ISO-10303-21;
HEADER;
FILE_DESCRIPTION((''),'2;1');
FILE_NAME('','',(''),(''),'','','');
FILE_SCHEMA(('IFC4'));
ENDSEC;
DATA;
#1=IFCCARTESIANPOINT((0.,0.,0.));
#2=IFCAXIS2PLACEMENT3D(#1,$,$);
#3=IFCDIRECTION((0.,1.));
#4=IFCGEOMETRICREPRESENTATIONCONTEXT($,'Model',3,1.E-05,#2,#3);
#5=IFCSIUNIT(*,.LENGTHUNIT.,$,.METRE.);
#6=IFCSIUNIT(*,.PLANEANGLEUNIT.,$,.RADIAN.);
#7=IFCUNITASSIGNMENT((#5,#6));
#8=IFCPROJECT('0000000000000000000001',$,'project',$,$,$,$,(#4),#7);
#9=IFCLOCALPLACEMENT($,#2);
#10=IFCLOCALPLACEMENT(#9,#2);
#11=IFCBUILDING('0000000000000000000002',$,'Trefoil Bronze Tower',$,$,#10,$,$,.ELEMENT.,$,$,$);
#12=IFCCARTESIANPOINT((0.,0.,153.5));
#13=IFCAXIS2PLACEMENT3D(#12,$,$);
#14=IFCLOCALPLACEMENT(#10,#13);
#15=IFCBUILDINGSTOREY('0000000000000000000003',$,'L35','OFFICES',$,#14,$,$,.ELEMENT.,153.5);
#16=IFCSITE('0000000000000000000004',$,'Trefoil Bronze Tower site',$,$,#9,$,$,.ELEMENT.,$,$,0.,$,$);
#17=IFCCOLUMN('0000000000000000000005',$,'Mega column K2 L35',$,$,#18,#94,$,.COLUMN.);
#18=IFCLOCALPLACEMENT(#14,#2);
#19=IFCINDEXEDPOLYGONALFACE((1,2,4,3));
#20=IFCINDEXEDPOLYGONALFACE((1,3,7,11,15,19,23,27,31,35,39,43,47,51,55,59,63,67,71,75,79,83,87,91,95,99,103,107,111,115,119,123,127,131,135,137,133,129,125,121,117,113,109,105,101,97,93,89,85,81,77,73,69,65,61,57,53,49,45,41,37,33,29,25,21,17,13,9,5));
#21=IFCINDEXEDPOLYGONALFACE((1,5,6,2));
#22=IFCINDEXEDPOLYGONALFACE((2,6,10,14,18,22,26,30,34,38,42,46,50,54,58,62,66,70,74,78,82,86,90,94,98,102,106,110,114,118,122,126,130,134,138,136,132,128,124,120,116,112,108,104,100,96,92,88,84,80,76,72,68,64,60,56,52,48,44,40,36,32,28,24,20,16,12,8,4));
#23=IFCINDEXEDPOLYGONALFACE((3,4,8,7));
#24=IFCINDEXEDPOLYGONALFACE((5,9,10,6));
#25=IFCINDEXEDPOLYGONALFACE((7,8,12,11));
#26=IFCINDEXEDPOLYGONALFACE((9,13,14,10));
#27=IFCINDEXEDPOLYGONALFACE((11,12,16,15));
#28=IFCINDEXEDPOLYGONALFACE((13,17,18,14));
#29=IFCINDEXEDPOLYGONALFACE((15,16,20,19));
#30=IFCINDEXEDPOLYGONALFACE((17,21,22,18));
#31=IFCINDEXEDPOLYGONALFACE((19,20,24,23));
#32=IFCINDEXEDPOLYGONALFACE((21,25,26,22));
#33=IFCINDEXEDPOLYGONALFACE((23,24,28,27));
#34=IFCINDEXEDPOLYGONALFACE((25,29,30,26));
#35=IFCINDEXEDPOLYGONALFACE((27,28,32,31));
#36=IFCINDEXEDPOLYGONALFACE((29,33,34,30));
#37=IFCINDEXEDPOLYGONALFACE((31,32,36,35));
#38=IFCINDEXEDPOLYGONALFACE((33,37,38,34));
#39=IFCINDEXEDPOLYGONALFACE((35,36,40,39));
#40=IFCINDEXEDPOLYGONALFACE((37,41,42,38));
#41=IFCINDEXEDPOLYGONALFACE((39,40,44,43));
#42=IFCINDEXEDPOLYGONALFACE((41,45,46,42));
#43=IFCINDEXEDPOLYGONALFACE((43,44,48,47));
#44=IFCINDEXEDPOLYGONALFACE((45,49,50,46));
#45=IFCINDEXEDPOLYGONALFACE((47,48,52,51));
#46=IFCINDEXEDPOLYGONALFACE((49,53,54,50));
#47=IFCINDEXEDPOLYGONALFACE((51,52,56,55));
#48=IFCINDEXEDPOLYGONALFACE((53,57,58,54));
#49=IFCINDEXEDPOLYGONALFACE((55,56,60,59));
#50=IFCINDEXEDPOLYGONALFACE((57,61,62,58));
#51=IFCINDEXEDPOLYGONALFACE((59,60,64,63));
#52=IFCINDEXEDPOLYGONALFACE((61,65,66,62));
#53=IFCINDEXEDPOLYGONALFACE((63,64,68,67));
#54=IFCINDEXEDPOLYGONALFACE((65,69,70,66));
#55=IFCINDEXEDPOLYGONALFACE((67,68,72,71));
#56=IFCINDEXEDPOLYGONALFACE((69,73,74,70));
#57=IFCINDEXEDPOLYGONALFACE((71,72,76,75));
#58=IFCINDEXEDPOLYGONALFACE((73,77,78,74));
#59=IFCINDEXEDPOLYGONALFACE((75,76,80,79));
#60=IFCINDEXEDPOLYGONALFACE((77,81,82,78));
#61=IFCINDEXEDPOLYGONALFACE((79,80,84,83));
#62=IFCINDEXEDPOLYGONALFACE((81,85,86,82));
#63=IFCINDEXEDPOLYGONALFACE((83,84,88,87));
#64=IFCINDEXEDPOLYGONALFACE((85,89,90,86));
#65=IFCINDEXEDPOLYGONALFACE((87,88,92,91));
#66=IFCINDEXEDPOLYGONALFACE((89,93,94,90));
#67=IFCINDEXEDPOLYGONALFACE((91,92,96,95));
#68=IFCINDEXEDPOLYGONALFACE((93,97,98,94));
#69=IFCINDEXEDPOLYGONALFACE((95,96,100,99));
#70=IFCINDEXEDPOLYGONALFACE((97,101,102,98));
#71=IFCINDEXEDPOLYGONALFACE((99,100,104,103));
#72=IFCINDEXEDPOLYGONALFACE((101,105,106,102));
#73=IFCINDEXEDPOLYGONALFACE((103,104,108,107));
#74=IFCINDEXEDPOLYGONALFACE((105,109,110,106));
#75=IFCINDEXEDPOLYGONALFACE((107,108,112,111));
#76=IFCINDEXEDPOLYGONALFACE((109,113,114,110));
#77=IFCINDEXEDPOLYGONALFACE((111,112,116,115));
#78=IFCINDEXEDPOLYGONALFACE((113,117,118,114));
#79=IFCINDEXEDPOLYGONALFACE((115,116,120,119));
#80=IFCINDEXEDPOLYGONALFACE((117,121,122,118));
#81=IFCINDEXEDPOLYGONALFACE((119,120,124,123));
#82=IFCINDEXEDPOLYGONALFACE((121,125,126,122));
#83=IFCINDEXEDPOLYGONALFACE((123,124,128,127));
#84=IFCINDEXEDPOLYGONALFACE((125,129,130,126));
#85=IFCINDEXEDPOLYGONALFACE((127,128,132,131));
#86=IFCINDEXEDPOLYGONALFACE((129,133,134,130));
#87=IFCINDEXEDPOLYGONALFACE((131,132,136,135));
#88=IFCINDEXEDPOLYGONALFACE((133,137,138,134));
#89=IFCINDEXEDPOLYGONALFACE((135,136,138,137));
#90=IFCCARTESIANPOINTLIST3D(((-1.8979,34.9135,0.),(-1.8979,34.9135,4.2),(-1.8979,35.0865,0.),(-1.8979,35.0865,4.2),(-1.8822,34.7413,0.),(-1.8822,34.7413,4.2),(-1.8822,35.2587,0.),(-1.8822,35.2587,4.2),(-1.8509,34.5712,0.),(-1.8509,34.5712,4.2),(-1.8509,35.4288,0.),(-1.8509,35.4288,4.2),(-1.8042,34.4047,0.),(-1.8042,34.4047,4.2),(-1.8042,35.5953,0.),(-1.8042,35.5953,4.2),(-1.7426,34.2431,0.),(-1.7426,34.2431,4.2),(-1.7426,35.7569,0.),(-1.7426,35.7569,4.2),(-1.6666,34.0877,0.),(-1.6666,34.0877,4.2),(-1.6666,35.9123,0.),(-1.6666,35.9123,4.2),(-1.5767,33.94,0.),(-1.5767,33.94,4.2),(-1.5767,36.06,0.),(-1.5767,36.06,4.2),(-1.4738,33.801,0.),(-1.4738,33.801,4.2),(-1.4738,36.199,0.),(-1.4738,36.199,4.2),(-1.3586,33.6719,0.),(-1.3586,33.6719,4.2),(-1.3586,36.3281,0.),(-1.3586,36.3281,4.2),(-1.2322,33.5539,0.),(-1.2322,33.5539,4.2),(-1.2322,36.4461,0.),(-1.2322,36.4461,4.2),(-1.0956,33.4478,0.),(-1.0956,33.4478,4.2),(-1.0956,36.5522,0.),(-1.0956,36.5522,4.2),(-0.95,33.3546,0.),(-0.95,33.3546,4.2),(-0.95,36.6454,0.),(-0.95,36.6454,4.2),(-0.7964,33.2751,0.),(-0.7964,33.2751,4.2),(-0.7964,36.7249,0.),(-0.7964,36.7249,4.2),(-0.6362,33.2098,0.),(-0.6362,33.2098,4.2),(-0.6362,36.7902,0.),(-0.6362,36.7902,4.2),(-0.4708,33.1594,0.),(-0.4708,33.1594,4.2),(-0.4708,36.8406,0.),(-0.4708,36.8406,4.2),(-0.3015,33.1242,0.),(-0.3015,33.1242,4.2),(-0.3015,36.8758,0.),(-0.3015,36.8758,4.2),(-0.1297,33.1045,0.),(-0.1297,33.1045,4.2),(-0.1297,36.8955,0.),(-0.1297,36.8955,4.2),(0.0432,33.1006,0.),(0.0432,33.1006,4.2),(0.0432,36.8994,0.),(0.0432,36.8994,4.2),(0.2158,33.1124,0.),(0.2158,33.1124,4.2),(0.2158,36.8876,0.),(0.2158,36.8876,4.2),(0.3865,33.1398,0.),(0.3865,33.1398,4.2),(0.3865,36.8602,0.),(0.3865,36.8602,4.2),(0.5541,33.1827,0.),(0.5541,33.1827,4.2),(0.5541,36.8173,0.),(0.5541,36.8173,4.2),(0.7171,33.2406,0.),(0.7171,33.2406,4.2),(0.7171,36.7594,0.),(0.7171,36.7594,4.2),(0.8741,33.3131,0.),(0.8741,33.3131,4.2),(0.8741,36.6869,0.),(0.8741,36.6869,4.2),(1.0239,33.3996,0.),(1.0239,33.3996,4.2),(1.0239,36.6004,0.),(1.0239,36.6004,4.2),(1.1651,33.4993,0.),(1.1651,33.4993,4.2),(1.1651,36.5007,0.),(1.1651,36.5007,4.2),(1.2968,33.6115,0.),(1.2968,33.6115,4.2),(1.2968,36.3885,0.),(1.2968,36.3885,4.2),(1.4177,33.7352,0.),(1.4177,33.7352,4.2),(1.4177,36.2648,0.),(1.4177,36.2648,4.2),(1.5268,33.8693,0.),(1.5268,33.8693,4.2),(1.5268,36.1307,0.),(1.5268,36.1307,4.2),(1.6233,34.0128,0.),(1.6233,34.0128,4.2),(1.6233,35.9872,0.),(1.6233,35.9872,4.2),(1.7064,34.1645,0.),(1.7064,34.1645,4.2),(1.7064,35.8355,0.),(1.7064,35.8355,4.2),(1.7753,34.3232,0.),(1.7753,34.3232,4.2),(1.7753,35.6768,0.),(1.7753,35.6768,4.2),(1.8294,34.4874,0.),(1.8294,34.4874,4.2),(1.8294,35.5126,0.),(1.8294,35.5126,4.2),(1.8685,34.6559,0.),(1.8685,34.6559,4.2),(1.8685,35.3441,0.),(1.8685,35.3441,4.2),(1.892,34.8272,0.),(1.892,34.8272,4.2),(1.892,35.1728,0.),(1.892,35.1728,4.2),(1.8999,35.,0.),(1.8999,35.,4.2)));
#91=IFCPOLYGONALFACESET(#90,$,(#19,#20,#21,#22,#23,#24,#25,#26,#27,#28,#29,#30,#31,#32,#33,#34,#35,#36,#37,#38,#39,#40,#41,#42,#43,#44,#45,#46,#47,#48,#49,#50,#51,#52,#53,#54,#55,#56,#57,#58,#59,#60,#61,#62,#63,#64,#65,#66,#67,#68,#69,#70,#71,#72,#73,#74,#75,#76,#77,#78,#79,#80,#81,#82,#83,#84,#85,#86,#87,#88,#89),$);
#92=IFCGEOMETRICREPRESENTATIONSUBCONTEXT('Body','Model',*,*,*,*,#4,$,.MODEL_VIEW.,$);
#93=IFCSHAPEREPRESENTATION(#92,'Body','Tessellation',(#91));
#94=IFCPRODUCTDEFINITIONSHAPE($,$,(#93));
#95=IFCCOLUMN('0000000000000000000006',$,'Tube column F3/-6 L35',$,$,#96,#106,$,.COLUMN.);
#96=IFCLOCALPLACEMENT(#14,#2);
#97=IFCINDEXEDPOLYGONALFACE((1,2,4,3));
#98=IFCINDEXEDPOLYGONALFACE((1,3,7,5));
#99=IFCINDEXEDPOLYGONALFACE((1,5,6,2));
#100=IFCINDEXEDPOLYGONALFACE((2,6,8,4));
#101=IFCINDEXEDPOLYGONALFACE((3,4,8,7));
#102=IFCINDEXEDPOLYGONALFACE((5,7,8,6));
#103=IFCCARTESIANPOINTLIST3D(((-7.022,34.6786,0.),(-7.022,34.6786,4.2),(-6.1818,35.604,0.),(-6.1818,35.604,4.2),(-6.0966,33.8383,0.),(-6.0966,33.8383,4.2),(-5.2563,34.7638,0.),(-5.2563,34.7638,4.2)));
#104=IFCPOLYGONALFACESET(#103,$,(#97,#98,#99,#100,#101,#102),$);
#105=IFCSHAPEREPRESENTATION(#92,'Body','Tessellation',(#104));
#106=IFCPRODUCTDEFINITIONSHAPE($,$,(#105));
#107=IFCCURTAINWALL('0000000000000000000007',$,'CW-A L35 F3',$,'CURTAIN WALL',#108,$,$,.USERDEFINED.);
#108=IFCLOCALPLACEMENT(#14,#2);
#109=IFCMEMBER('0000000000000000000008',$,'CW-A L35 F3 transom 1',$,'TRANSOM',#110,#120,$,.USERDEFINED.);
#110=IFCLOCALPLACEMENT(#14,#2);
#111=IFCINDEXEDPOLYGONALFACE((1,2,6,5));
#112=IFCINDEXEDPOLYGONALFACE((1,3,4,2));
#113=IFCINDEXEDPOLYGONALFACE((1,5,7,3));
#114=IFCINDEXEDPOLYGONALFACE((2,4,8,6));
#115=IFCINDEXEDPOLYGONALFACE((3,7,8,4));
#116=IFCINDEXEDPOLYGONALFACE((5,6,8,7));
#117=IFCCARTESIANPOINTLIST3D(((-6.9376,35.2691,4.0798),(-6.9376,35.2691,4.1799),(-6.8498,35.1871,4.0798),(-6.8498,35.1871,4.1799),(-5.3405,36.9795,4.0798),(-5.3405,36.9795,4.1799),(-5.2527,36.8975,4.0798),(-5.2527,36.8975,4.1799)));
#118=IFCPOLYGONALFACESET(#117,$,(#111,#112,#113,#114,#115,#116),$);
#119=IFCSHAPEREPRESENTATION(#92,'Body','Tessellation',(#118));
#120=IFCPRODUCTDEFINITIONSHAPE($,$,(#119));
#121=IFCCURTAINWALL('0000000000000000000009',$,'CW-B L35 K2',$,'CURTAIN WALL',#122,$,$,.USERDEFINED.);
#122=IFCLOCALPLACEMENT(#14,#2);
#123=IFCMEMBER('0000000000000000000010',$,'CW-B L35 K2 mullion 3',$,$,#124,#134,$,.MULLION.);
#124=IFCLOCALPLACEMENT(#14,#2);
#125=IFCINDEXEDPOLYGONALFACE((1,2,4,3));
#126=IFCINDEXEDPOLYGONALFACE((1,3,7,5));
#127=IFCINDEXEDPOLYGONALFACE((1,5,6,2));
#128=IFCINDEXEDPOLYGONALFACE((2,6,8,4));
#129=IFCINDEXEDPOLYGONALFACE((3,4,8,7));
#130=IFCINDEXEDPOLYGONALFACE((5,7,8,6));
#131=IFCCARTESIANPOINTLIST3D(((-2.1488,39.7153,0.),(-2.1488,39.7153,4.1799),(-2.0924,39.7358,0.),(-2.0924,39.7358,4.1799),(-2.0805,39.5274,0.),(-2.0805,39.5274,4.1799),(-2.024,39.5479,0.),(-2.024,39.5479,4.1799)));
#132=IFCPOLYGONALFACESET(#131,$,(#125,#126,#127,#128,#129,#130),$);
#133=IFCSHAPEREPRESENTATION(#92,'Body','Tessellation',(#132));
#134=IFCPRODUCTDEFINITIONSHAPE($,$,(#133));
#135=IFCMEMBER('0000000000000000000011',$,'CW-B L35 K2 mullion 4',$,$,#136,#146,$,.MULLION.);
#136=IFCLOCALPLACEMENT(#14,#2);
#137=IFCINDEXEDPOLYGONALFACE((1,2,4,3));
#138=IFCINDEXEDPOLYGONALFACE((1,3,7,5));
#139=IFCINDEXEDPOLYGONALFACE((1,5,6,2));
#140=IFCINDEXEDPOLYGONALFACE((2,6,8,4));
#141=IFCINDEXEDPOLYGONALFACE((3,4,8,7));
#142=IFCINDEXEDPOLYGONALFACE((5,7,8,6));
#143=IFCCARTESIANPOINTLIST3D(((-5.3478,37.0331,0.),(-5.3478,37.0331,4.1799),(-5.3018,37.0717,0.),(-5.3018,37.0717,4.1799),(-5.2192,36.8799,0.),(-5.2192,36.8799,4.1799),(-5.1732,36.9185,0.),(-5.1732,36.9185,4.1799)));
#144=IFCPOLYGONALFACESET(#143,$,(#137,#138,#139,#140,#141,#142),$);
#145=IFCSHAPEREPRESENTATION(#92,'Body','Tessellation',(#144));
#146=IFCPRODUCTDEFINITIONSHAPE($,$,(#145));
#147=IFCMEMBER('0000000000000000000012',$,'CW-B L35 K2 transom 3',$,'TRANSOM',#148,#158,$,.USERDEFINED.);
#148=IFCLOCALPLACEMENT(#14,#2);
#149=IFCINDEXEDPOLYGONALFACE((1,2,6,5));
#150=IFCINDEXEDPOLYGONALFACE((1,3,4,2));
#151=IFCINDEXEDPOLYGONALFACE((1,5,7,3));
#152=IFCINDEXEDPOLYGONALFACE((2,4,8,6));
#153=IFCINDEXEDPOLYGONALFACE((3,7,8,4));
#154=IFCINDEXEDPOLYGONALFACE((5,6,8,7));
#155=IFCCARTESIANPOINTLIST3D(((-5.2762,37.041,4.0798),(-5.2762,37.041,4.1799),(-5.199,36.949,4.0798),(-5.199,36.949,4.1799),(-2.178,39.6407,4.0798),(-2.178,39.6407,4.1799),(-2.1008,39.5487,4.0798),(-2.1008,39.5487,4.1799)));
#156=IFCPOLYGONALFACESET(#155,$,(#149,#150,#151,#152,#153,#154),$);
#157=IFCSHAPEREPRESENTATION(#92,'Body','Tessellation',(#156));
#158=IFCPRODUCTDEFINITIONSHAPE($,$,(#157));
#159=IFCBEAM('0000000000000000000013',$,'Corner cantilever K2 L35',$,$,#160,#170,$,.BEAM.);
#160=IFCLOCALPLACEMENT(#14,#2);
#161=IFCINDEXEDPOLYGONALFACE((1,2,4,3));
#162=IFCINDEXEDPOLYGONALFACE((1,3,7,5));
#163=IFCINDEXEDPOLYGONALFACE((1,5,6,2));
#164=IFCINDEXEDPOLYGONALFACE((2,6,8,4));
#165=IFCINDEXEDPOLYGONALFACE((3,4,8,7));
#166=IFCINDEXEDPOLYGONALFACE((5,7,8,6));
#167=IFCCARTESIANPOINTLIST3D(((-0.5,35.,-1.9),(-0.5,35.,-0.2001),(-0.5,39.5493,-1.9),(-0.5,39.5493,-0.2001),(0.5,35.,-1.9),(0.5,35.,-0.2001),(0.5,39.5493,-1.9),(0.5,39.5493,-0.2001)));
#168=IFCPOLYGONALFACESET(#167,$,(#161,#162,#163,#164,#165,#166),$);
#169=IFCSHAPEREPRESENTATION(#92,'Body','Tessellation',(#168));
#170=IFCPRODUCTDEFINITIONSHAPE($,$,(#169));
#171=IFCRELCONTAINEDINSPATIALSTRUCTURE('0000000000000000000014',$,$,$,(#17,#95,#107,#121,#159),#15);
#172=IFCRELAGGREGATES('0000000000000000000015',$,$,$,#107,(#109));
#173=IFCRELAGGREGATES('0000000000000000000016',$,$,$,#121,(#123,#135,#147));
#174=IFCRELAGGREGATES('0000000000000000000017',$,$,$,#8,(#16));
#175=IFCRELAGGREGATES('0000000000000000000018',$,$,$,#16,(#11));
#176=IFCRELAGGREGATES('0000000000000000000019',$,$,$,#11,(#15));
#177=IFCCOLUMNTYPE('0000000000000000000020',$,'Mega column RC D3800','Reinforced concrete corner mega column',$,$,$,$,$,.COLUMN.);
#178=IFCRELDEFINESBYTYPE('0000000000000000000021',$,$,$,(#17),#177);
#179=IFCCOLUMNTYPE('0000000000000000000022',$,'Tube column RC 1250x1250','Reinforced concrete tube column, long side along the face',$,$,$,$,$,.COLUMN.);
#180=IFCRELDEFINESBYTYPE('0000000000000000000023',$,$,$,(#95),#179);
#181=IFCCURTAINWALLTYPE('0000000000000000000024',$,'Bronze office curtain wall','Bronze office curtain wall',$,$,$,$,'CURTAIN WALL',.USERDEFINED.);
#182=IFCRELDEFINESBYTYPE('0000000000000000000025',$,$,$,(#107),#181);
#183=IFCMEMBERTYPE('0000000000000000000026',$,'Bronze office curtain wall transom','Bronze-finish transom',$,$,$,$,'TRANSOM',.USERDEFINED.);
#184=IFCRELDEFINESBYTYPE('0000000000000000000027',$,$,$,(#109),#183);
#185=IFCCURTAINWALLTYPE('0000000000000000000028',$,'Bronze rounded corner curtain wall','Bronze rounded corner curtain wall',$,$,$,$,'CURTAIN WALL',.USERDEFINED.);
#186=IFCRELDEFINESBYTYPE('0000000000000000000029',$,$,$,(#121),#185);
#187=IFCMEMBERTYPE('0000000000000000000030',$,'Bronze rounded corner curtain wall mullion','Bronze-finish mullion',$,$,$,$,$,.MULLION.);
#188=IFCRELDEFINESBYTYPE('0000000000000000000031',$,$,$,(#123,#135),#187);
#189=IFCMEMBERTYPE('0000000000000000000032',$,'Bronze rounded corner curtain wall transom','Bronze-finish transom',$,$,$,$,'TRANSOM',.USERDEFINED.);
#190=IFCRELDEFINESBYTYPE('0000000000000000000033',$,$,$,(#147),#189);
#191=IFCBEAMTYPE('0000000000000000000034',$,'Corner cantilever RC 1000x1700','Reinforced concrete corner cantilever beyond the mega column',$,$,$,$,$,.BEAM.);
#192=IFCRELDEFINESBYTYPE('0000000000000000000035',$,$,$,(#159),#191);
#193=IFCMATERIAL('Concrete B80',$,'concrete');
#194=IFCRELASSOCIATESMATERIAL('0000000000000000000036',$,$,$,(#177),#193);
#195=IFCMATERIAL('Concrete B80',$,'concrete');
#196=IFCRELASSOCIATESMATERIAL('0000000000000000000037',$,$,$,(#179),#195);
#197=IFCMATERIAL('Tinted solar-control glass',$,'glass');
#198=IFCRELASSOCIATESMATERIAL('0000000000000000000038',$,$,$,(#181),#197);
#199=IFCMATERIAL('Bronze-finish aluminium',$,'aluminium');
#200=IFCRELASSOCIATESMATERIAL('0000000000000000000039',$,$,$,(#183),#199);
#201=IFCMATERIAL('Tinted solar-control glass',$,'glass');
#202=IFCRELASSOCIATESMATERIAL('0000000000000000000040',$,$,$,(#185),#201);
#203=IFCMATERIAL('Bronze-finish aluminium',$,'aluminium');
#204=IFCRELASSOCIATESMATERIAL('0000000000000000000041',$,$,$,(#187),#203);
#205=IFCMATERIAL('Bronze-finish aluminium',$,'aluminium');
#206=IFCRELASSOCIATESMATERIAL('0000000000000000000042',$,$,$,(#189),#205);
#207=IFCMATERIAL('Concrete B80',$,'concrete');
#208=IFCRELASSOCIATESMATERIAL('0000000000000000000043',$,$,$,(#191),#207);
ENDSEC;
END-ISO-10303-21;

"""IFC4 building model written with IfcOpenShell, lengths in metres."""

from ifc_helpers import new_model, si_unit, direction, frame, origin, origin_2d, place, context, subcontext, project, spatial, rectangle, circle, extrude, material, material_profile, profile_set, type_object, element, aggregate, save


model = new_model("IFC4")

# Units and contexts
model_context = context("Model", 3, precision=1e-05, world=origin(), true_north=direction((0.0, 1.0)))
body_context = subcontext(model_context, "Body", "Model", "MODEL_VIEW")
ifc_project = project(units=[si_unit("LENGTHUNIT", "METRE"), si_unit("PLANEANGLEUNIT", "RADIAN")], contexts=[model_context])

# Site, building, storey
site_placement = place(None, origin())
site = spatial("IfcSite", under=ifc_project, at=site_placement, Name="Trefoil Bronze Tower site", CompositionType="ELEMENT", RefElevation=0.0)
building_placement = place(site_placement, origin())
building = spatial("IfcBuilding", under=site, at=building_placement, Name="Trefoil Bronze Tower", CompositionType="ELEMENT")
storey_placement = place(building_placement, frame((0.0, 0.0, 153.5)))
storey = spatial("IfcBuildingStorey", under=building, at=storey_placement, Name="L35", Description="OFFICES", CompositionType="ELEMENT", Elevation=153.5)

# Columns
ifc_material_1 = material(Name="Concrete B80", Category="concrete")
ifc_material_profile_1 = material_profile(ifc_material_1, circle(Radius=1.8999, at=origin_2d()), Name="RC D3800")
ifc_profile_set_1 = profile_set([ifc_material_profile_1], Name="Concrete B80")
column_type_1 = type_object("IfcColumnType", Name="Mega column RC D3800", Description="Reinforced concrete corner mega column", PredefinedType="COLUMN", material=ifc_profile_set_1)
column_1_placement = place(storey_placement, frame((0.0, 35.0, 0.0), z_axis=(0.0, 0.0, 1.0), x_axis=(1.0, 0.0, 0.0)))
element("IfcColumn", 1, at=column_1_placement, inside=storey, type_object=column_type_1, Name="Mega column K2 L35", PredefinedType="COLUMN", context=body_context, shape_type="SweptSolid", body=[
    extrude(circle(Radius=1.8999, at=origin_2d()), origin(), (0.0, 0.0, 1.0), 4.2),
])
ifc_material_2 = material(Name="Concrete B80", Category="concrete")
ifc_material_profile_2 = material_profile(ifc_material_2, rectangle(XDim=1.25, YDim=1.25, at=origin_2d()), Name="RC 1250x1250")
ifc_profile_set_2 = profile_set([ifc_material_profile_2], Name="Concrete B80")
column_type_2 = type_object("IfcColumnType", Name="Tube column RC 1250x1250", Description="Reinforced concrete tube column, long side along the face", PredefinedType="COLUMN", material=ifc_profile_set_2)
column_2_placement = place(storey_placement, frame((-6.1392, 34.7212, 0.0), z_axis=(0.0, 0.0, 1.0), x_axis=(-0.67221, -0.740361, 0.0)))
element("IfcColumn", 2, at=column_2_placement, inside=storey, type_object=column_type_2, Name="Tube column F3/-6 L35", PredefinedType="COLUMN", context=body_context, shape_type="SweptSolid", body=[
    extrude(rectangle(XDim=1.25, YDim=1.25, at=origin_2d()), origin(), (0.0, 0.0, 1.0), 4.2),
])

# Curtain wall, member
ifc_material_3 = material(Name="Tinted solar-control glass", Category="glass")
curtain_wall_type_1 = type_object("IfcCurtainWallType", Name="Bronze office curtain wall", Description="Bronze office curtain wall", ElementType="CURTAIN WALL", PredefinedType="USERDEFINED", material=ifc_material_3)
curtain_wall_1_placement = place(storey_placement, origin())
curtain_wall_1 = element("IfcCurtainWall", 3, at=curtain_wall_1_placement, inside=storey, type_object=curtain_wall_type_1, Name="CW-A L35 F3", ObjectType="CURTAIN WALL", PredefinedType="USERDEFINED")
ifc_material_4 = material(Name="Bronze-finish aluminium", Category="aluminium")
ifc_material_profile_3 = material_profile(ifc_material_4, rectangle(XDim=0.1201, YDim=0.1001, at=origin_2d()), Name="CW-A transom")
ifc_profile_set_3 = profile_set([ifc_material_profile_3], Name="Bronze-finish aluminium")
member_type_1 = type_object("IfcMemberType", Name="Bronze office curtain wall transom", Description="Bronze-finish transom", ElementType="TRANSOM", PredefinedType="USERDEFINED", material=ifc_profile_set_3)
member_1_placement = place(storey_placement, frame((-5.2966, 36.9385, 4.1299), z_axis=(-0.682489, -0.730896, 0.0), x_axis=(0.730896, -0.682489, 0.0)))
member_1 = element("IfcMember", 4, at=member_1_placement, type_object=member_type_1, Name="CW-A L35 F3 transom 1", ObjectType="TRANSOM", PredefinedType="USERDEFINED", context=body_context, shape_type="SweptSolid", body=[
    extrude(rectangle(XDim=0.1201, YDim=0.1001, at=origin_2d()), origin(), (0.0, 0.0, 1.0), 2.3401),
])

# Curtain wall, members
ifc_material_5 = material(Name="Tinted solar-control glass", Category="glass")
curtain_wall_type_2 = type_object("IfcCurtainWallType", Name="Bronze rounded corner curtain wall", Description="Bronze rounded corner curtain wall", ElementType="CURTAIN WALL", PredefinedType="USERDEFINED", material=ifc_material_5)
curtain_wall_2_placement = place(storey_placement, origin())
curtain_wall_2 = element("IfcCurtainWall", 5, at=curtain_wall_2_placement, inside=storey, type_object=curtain_wall_type_2, Name="CW-B L35 K2", ObjectType="CURTAIN WALL", PredefinedType="USERDEFINED")
ifc_material_6 = material(Name="Bronze-finish aluminium", Category="aluminium")
ifc_material_profile_4 = material_profile(ifc_material_6, rectangle(XDim=0.2, YDim=0.0601, at=origin_2d()), Name="CW-B mullion")
ifc_profile_set_4 = profile_set([ifc_material_profile_4], Name="Bronze-finish aluminium")
member_type_2 = type_object("IfcMemberType", Name="Bronze rounded corner curtain wall mullion", Description="Bronze-finish mullion", PredefinedType="MULLION", material=ifc_profile_set_4)
member_2_placement = place(storey_placement, frame((-2.0864, 39.6316, 0.0), z_axis=(0.0, 0.0, 1.0), x_axis=(0.34202, -0.939693, 0.0)))
member_2 = element("IfcMember", 6, at=member_2_placement, type_object=member_type_2, Name="CW-B L35 K2 mullion 3", PredefinedType="MULLION", context=body_context, shape_type="SweptSolid", body=[
    extrude(rectangle(XDim=0.2, YDim=0.0601, at=origin_2d()), origin(), (0.0, 0.0, 1.0), 4.1799),
])
member_3_placement = place(storey_placement, frame((-5.2605, 36.9758, 0.0), z_axis=(0.0, 0.0, 1.0), x_axis=(0.642788, -0.766044, 0.0)))
member_3 = element("IfcMember", 7, at=member_3_placement, type_object=member_type_2, Name="CW-B L35 K2 mullion 4", PredefinedType="MULLION", context=body_context, shape_type="SweptSolid", body=[
    extrude(rectangle(XDim=0.2, YDim=0.0601, at=origin_2d()), origin(), (0.0, 0.0, 1.0), 4.1799),
])
ifc_material_7 = material(Name="Bronze-finish aluminium", Category="aluminium")
ifc_material_profile_5 = material_profile(ifc_material_7, rectangle(XDim=0.1201, YDim=0.1001, at=origin_2d()), Name="CW-B transom")
ifc_profile_set_5 = profile_set([ifc_material_profile_5], Name="Bronze-finish aluminium")
member_type_3 = type_object("IfcMemberType", Name="Bronze rounded corner curtain wall transom", Description="Bronze-finish transom", ElementType="TRANSOM", PredefinedType="USERDEFINED", material=ifc_profile_set_5)
member_4_placement = place(storey_placement, frame((-2.1394, 39.5947, 4.1299), z_axis=(-0.76605, -0.642781, 0.0), x_axis=(0.642781, -0.76605, 0.0)))
member_4 = element("IfcMember", 8, at=member_4_placement, type_object=member_type_3, Name="CW-B L35 K2 transom 3", ObjectType="TRANSOM", PredefinedType="USERDEFINED", context=body_context, shape_type="SweptSolid", body=[
    extrude(rectangle(XDim=0.1201, YDim=0.1001, at=origin_2d()), origin(), (0.0, 0.0, 1.0), 4.0444),
])

# Beam
ifc_material_8 = material(Name="Concrete B80", Category="concrete")
ifc_material_profile_6 = material_profile(ifc_material_8, rectangle(XDim=1.0, YDim=1.7, at=origin_2d()), Name="RC 1000x1700")
ifc_profile_set_6 = profile_set([ifc_material_profile_6], Name="Concrete B80")
beam_type_1 = type_object("IfcBeamType", Name="Corner cantilever RC 1000x1700", Description="Reinforced concrete corner cantilever beyond the mega column", PredefinedType="BEAM", material=ifc_profile_set_6)
beam_1_placement = place(storey_placement, frame((0.0, 35.0, -1.05), z_axis=(0.0, 1.0, 0.0), x_axis=(-1.0, 0.0, 0.0)))
element("IfcBeam", 9, at=beam_1_placement, inside=storey, type_object=beam_type_1, Name="Corner cantilever K2 L35", PredefinedType="BEAM", context=body_context, shape_type="SweptSolid", body=[
    extrude(rectangle(XDim=1.0, YDim=1.7, at=origin_2d()), origin(), (0.0, 0.0, 1.0), 4.5493),
])

aggregate(curtain_wall_1, [member_1])
aggregate(curtain_wall_2, [member_2, member_3, member_4])

save(model, "model.ifc")
